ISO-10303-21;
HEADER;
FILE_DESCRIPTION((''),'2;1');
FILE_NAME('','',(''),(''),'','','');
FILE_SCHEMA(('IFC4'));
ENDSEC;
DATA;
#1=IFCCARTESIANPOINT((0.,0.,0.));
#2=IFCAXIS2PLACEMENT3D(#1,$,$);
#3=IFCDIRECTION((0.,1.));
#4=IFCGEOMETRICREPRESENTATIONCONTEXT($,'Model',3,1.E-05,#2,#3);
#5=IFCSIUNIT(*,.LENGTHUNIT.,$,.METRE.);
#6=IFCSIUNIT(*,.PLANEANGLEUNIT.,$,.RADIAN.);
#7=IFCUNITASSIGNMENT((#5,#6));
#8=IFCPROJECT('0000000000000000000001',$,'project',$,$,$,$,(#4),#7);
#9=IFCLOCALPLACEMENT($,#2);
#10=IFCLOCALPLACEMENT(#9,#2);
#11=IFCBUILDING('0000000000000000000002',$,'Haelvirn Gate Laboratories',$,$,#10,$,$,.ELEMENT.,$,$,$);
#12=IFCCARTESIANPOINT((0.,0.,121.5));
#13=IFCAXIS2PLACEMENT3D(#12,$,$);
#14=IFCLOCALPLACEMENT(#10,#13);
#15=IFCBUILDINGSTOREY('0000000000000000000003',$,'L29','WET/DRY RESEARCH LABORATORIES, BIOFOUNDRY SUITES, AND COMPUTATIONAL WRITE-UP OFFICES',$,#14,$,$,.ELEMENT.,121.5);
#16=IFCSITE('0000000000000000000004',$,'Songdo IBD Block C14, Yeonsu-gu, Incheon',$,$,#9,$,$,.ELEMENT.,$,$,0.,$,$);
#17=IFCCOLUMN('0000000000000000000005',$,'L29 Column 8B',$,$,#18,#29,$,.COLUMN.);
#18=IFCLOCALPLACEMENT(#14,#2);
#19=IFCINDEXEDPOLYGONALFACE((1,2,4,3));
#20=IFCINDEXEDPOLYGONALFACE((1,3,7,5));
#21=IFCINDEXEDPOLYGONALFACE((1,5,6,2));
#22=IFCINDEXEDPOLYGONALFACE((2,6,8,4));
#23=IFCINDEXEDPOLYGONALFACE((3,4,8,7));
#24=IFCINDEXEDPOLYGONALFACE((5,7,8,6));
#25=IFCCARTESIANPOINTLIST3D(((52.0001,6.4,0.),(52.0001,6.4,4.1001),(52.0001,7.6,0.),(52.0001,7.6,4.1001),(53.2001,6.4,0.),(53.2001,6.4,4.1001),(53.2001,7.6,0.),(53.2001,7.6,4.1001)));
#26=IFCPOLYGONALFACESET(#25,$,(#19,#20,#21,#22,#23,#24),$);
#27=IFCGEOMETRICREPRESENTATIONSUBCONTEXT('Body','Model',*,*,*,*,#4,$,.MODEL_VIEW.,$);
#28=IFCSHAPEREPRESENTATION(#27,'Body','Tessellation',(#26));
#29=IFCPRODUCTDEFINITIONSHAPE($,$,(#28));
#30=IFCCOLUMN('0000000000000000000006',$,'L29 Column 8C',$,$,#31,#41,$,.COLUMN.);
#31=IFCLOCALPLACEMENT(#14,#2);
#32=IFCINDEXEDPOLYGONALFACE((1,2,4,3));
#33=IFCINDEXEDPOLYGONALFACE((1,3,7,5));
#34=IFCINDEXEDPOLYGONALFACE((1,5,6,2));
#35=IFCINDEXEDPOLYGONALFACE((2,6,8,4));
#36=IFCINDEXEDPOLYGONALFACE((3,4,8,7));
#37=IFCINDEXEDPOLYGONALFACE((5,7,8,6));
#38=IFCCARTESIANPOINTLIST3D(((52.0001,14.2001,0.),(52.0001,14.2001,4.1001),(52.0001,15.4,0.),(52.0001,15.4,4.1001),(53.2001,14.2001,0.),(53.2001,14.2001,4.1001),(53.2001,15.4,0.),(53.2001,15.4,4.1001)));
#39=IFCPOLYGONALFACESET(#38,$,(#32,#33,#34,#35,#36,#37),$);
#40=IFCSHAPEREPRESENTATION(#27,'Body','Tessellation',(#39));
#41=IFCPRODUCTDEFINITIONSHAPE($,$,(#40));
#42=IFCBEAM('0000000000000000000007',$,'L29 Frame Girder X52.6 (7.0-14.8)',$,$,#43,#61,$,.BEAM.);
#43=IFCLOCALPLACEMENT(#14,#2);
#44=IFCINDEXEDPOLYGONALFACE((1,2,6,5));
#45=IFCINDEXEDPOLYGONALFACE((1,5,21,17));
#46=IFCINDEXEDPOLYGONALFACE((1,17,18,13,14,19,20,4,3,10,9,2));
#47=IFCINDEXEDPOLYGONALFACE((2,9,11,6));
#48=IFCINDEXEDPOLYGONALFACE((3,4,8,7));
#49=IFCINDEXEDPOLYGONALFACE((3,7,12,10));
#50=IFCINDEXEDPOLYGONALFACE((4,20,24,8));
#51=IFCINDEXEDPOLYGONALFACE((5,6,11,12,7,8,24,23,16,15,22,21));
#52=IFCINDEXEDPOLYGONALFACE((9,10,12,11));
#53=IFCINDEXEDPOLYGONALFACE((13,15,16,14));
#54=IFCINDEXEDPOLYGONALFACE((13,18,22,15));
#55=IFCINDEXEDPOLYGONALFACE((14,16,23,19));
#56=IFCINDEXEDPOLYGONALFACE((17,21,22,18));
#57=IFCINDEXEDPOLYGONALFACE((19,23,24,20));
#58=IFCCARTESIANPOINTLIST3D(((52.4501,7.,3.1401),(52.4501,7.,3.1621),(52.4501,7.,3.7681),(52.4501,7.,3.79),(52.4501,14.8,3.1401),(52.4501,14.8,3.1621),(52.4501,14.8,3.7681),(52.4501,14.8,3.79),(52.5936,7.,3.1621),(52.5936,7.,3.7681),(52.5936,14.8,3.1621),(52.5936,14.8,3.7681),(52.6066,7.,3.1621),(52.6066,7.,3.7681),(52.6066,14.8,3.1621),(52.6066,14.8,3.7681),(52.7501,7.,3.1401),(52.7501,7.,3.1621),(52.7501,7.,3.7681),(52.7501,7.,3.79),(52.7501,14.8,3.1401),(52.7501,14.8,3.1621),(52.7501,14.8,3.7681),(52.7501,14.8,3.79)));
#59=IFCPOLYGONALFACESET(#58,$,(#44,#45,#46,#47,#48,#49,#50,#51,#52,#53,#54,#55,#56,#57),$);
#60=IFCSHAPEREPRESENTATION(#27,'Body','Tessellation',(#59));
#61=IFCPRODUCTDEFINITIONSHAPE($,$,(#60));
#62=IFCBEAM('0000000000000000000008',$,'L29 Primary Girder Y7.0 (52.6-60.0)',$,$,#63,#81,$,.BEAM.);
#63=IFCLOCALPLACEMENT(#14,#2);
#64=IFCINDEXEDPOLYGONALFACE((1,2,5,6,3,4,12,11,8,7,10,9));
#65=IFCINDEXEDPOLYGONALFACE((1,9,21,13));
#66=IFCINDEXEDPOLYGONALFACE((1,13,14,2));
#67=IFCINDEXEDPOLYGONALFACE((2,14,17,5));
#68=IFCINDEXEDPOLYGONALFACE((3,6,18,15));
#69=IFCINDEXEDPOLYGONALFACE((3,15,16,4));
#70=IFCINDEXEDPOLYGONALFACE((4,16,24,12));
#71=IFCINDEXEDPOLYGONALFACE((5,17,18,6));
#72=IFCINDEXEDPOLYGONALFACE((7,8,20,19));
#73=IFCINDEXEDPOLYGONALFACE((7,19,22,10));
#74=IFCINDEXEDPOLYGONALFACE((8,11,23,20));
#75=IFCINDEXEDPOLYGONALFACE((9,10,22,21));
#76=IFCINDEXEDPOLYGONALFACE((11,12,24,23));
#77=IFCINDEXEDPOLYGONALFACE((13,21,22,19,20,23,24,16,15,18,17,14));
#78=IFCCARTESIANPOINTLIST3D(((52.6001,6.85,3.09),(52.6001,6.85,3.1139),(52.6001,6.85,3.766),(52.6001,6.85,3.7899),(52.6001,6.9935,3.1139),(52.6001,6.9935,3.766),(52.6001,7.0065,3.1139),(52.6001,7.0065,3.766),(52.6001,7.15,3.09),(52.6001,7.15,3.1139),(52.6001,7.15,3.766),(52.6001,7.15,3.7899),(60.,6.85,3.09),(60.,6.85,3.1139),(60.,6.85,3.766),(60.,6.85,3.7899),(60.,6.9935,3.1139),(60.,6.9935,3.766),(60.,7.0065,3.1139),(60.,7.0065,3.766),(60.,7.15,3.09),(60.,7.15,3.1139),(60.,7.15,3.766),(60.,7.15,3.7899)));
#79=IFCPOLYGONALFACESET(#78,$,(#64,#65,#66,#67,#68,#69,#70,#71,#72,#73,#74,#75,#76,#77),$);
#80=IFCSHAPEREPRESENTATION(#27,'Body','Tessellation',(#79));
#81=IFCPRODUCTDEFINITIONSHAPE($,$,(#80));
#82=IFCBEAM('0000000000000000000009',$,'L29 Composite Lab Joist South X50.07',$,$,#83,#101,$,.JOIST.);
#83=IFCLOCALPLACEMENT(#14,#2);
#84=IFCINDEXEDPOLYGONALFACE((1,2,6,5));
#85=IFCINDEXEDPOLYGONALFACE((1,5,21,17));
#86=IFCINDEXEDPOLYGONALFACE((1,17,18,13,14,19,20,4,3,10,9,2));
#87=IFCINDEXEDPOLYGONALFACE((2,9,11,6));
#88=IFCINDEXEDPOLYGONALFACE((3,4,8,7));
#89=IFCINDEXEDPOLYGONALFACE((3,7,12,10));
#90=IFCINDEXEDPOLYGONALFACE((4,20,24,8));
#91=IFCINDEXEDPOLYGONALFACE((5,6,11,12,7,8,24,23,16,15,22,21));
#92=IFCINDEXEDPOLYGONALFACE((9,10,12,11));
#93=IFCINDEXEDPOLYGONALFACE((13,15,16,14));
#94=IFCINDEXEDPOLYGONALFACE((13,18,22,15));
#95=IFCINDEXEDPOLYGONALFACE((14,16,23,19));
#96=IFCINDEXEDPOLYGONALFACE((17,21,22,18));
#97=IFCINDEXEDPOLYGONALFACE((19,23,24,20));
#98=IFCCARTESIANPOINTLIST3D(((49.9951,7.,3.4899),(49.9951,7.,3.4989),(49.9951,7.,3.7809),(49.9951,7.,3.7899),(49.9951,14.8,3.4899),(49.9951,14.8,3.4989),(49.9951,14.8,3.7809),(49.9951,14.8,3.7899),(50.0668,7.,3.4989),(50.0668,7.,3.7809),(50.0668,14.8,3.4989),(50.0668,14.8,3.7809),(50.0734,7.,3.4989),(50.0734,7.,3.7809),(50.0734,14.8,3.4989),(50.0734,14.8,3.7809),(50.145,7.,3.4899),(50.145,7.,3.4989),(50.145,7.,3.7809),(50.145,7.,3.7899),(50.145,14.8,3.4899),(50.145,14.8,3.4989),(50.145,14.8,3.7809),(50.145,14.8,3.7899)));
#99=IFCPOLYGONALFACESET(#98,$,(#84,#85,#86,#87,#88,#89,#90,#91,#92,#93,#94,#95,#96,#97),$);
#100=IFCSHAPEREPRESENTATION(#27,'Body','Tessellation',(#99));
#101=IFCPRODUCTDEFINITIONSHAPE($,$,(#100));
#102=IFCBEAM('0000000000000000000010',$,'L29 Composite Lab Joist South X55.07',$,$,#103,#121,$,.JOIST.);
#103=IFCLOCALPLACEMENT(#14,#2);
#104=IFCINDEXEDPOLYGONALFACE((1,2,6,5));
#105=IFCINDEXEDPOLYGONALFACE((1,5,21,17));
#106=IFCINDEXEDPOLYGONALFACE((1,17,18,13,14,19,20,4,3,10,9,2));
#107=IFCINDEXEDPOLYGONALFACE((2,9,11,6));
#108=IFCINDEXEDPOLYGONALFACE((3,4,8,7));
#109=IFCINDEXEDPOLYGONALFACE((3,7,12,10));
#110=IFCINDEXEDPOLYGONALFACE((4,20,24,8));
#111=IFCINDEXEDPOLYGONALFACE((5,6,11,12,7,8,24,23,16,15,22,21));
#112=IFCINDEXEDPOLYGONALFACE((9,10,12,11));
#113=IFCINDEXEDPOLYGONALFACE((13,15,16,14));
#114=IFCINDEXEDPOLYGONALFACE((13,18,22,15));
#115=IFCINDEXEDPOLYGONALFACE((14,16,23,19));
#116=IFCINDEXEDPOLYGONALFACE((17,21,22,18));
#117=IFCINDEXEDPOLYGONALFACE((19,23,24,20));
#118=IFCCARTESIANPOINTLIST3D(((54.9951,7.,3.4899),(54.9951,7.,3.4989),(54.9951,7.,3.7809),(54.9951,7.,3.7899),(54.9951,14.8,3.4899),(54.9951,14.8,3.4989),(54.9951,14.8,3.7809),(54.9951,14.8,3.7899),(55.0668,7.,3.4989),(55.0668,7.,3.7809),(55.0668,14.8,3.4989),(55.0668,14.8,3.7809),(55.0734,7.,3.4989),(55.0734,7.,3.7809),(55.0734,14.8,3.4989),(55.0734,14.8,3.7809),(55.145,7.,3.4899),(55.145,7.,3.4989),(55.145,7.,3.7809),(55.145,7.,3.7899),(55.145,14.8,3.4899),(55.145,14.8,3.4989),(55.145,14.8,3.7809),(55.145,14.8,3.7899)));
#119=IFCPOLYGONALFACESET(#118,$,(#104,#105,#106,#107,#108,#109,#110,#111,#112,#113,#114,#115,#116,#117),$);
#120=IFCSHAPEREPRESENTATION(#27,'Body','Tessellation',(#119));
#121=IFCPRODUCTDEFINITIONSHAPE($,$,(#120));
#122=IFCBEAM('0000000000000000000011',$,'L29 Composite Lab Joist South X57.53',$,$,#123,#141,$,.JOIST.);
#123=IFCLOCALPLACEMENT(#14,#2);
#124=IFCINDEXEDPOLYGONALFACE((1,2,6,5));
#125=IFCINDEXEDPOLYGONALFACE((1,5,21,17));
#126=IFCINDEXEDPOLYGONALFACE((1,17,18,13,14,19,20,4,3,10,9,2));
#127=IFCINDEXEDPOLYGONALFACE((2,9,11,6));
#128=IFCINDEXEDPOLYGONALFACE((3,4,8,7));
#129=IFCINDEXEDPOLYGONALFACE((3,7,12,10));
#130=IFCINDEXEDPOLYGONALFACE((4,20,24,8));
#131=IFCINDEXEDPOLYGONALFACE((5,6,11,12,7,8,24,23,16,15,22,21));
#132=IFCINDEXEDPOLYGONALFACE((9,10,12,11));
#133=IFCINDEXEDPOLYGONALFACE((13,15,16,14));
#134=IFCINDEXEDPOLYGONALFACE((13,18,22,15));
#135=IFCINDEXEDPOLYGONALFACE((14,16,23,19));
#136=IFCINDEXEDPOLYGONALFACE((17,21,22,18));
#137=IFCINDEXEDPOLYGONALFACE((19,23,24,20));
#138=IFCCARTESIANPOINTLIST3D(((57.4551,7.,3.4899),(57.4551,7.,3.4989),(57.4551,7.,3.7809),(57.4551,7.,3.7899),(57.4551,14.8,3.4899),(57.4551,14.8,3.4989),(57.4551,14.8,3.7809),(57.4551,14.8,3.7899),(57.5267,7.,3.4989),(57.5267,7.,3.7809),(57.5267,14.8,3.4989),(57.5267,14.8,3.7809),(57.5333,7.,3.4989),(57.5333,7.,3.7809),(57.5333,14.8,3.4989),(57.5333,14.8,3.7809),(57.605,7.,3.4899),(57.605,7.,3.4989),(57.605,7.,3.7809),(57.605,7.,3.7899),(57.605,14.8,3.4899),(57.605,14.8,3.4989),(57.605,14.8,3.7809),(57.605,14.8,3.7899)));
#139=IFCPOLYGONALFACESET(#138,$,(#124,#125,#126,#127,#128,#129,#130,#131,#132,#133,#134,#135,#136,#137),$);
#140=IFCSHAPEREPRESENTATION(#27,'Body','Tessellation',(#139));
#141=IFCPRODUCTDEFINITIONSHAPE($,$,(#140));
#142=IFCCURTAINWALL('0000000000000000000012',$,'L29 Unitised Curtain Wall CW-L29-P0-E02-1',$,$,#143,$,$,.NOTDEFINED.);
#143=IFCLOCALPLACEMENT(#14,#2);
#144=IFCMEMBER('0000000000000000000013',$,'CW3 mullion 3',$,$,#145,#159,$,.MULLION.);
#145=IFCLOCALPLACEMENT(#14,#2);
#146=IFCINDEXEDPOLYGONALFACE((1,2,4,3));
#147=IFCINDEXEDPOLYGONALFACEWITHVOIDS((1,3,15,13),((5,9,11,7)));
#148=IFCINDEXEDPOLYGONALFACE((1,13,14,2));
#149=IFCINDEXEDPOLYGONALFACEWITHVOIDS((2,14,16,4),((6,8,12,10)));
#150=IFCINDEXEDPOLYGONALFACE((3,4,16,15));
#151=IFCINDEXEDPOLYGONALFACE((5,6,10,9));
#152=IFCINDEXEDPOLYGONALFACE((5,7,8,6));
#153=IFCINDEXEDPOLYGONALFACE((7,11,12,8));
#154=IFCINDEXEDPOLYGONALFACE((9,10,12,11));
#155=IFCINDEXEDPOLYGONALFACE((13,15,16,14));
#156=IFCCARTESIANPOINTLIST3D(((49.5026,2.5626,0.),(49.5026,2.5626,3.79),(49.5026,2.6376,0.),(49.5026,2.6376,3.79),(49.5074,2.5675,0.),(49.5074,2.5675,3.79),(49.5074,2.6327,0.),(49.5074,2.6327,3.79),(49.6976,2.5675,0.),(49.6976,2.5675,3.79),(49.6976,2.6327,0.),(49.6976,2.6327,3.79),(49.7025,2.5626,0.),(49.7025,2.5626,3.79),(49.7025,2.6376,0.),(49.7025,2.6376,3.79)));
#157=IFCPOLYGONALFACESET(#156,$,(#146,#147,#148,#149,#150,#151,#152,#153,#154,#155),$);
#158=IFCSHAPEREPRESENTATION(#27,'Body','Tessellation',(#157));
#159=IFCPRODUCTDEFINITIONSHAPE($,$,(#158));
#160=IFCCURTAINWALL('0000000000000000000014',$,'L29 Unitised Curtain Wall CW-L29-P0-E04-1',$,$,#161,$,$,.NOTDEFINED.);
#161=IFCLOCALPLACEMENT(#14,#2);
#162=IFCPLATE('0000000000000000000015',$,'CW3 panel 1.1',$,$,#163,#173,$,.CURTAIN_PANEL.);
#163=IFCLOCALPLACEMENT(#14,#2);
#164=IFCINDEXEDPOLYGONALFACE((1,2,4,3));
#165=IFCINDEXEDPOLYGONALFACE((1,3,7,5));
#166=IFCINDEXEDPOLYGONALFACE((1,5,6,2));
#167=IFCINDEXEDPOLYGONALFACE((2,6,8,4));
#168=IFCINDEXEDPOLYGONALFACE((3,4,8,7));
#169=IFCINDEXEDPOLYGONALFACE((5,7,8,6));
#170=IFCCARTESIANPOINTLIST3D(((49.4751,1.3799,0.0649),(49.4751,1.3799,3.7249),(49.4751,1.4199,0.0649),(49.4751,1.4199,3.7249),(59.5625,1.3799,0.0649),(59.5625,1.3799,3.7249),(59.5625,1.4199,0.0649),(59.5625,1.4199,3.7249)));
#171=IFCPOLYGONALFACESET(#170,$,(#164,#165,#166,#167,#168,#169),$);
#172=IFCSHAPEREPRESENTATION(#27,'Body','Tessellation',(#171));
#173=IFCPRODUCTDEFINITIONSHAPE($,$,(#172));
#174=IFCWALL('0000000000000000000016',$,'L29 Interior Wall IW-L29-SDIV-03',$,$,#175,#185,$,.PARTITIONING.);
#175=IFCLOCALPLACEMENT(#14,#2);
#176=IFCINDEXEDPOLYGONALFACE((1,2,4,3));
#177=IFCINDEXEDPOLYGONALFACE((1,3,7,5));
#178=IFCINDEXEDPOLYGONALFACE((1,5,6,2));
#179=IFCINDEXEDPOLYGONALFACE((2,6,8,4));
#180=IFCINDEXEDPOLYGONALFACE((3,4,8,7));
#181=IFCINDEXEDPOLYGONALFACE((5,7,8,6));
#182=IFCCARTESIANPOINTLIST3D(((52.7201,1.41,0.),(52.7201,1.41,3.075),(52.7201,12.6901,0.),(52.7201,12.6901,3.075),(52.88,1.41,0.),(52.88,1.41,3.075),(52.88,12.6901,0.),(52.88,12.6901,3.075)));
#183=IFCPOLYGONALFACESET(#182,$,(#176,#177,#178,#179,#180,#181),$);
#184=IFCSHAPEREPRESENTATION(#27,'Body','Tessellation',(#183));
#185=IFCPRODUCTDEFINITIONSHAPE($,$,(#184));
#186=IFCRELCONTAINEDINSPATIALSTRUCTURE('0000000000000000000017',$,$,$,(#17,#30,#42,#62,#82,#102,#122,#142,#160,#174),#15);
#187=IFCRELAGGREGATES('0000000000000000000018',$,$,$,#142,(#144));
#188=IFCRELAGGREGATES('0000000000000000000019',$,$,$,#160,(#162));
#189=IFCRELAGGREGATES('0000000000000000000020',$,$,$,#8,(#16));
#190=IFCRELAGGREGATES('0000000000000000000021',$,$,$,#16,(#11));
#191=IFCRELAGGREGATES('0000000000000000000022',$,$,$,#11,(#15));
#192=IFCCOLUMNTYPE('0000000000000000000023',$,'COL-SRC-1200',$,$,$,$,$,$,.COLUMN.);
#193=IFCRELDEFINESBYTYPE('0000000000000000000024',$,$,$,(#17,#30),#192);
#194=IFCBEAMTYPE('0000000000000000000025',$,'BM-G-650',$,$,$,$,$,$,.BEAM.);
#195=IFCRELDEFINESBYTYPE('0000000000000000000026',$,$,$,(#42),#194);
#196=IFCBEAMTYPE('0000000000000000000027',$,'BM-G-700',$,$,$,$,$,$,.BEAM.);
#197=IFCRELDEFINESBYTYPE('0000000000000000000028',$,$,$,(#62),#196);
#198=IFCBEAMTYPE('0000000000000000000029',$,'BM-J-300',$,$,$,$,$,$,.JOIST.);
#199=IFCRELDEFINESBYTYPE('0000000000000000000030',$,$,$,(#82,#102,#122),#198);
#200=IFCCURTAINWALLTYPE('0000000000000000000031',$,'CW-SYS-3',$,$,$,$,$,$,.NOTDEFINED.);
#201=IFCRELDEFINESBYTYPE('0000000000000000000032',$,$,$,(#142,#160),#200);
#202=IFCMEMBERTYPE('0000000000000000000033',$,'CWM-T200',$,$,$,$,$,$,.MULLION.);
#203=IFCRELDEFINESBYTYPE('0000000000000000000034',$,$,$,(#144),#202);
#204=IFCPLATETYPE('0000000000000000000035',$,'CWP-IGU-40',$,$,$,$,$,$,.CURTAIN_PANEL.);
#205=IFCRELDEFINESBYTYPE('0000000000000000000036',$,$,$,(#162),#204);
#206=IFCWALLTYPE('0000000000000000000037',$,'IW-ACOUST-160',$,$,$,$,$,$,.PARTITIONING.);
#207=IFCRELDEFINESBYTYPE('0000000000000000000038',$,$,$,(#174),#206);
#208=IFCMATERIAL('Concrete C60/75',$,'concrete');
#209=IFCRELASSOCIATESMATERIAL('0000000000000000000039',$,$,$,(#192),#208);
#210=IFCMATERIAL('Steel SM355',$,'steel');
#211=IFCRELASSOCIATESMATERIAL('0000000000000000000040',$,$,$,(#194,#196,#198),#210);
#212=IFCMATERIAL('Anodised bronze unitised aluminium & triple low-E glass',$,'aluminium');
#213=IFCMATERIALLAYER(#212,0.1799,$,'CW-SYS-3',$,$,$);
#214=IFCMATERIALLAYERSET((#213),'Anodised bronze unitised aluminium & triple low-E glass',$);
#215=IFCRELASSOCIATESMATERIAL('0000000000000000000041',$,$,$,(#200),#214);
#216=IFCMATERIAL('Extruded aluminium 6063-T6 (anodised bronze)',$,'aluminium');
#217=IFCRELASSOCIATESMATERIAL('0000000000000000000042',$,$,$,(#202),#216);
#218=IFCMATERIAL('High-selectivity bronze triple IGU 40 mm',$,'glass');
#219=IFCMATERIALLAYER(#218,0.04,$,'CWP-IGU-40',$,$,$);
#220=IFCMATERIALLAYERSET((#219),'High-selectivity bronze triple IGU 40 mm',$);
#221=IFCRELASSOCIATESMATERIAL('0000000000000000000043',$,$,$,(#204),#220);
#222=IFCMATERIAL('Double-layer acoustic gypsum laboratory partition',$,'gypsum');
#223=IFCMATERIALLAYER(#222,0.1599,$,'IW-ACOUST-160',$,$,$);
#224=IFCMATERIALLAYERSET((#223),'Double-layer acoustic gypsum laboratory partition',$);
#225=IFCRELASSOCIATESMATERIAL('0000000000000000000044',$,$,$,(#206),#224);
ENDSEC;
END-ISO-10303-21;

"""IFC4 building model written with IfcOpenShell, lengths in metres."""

from ifc_helpers import new_model, si_unit, direction, frame, frame_2d, origin, origin_2d, place, context, subcontext, project, spatial, rectangle, hollow_rectangle, i_section, extrude, source, transform, mapped, material, layer, layer_set, material_profile, profile_set, type_object, type_shapes, element, aggregate, save


model = new_model("IFC4")

# Units and contexts
model_context = context("Model", 3, precision=1e-05, world=origin(), true_north=direction((0.0, 1.0)))
body_context = subcontext(model_context, "Body", "Model", "MODEL_VIEW")
ifc_project = project(units=[si_unit("LENGTHUNIT", "METRE"), si_unit("PLANEANGLEUNIT", "RADIAN")], contexts=[model_context])

# Site, building, storey
site_placement = place(None, origin())
site = spatial("IfcSite", under=ifc_project, at=site_placement, Name="Songdo IBD Block C14, Yeonsu-gu, Incheon", CompositionType="ELEMENT", RefElevation=0.0)
building_placement = place(site_placement, origin())
building = spatial("IfcBuilding", under=site, at=building_placement, Name="Haelvirn Gate Laboratories", CompositionType="ELEMENT")
storey_placement = place(building_placement, frame((0.0, 0.0, 121.5)))
storey = spatial("IfcBuildingStorey", under=building, at=storey_placement, Name="L29", Description="WET/DRY RESEARCH LABORATORIES, BIOFOUNDRY SUITES, AND COMPUTATIONAL WRITE-UP OFFICES", CompositionType="ELEMENT", Elevation=121.5)

# Columns
ifc_material_1 = material(Name="Concrete C60/75", Category="concrete")
ifc_material_profile_1 = material_profile(ifc_material_1, rectangle(XDim=1.2, YDim=1.2, at=origin_2d()), Name="SRC-1200x1200")
ifc_profile_set_1 = profile_set([ifc_material_profile_1], Name="Concrete C60/75")
column_type = type_object("IfcColumnType", Name="COL-SRC-1200", PredefinedType="COLUMN", material=ifc_profile_set_1)
shared_shape_1 = source(origin(), body_context, "Body", "SweptSolid", [
    extrude(rectangle(XDim=1.2, YDim=1.2, at=origin_2d()), origin(), (0.0, 0.0, 1.0), 4.1001),
])
type_shapes(column_type, [shared_shape_1])
for number, where, z_axis, x_axis, name in (
    (1, (52.6001, 7.0, 0.0), (0.0, 0.0, 1.0), (1.0, 0.0, 0.0), "L29 Column 8B"),
    (2, (52.6001, 14.8, 0.0), (0.0, 0.0, 1.0), (1.0, 0.0, 0.0), "L29 Column 8C"),
):
    element("IfcColumn", number, at=place(storey_placement, frame(where, z_axis=z_axis, x_axis=x_axis)), inside=storey, type_object=column_type, Name=name, PredefinedType="COLUMN", context=body_context, shape_type="MappedRepresentation", body=[
        mapped(shared_shape_1, transform((0.0, 0.0, 0.0), scale=1.0)),
    ])

# Beams
ifc_material_2 = material(Name="Steel SM355", Category="steel")
ifc_material_profile_2 = material_profile(ifc_material_2, i_section(OverallWidth=0.3, OverallDepth=0.6499, WebThickness=0.0129, FlangeThickness=0.022, at=origin_2d()), Name="H-650x300x13x22")
ifc_profile_set_2 = profile_set([ifc_material_profile_2], Name="Steel SM355")
beam_type_1 = type_object("IfcBeamType", Name="BM-G-650", PredefinedType="BEAM", material=ifc_profile_set_2)
shared_shape_2 = source(origin(), body_context, "Body", "SweptSolid", [
    extrude(i_section(OverallWidth=0.3, OverallDepth=0.6499, WebThickness=0.0129, FlangeThickness=0.022, at=origin_2d()), origin(), (0.0, 0.0, 1.0), 7.8),
])
type_shapes(beam_type_1, [shared_shape_2])
beam_1_placement = place(storey_placement, frame((52.6001, 7.0, 3.4651), z_axis=(0.0, 1.0, 0.0), x_axis=(-1.0, 0.0, 0.0)))
element("IfcBeam", 3, at=beam_1_placement, inside=storey, type_object=beam_type_1, Name="L29 Frame Girder X52.6 (7.0-14.8)", PredefinedType="BEAM", context=body_context, shape_type="MappedRepresentation", body=[
    mapped(shared_shape_2, transform((0.0, 0.0, 0.0), scale=1.0)),
])
ifc_material_profile_3 = material_profile(ifc_material_2, i_section(OverallWidth=0.3, OverallDepth=0.7, WebThickness=0.0129, FlangeThickness=0.0239, at=origin_2d()), Name="H-700x300x13x24")
ifc_profile_set_3 = profile_set([ifc_material_profile_3], Name="Steel SM355")
beam_type_2 = type_object("IfcBeamType", Name="BM-G-700", PredefinedType="BEAM", material=ifc_profile_set_3)
shared_shape_3 = source(origin(), body_context, "Body", "SweptSolid", [
    extrude(i_section(OverallWidth=0.3, OverallDepth=0.7, WebThickness=0.0129, FlangeThickness=0.0239, at=origin_2d()), origin(), (0.0, 0.0, 1.0), 7.3999),
])
type_shapes(beam_type_2, [shared_shape_3])
beam_2_placement = place(storey_placement, frame((52.6001, 7.0, 3.4399), z_axis=(1.0, 0.0, 0.0), x_axis=(0.0, 1.0, 0.0)))
element("IfcBeam", 4, at=beam_2_placement, inside=storey, type_object=beam_type_2, Name="L29 Primary Girder Y7.0 (52.6-60.0)", PredefinedType="BEAM", context=body_context, shape_type="MappedRepresentation", body=[
    mapped(shared_shape_3, transform((0.0, 0.0, 0.0), scale=1.0)),
])
ifc_material_profile_4 = material_profile(ifc_material_2, i_section(OverallWidth=0.1499, OverallDepth=0.3, WebThickness=0.0066, FlangeThickness=0.009, at=origin_2d()), Name="H-300x150x6.5x9")
ifc_profile_set_4 = profile_set([ifc_material_profile_4], Name="Steel SM355")
beam_type_3 = type_object("IfcBeamType", Name="BM-J-300", PredefinedType="JOIST", material=ifc_profile_set_4)
shared_shape_4 = source(origin(), body_context, "Body", "SweptSolid", [
    extrude(i_section(OverallWidth=0.1499, OverallDepth=0.3, WebThickness=0.0066, FlangeThickness=0.009, at=origin_2d()), origin(), (0.0, 0.0, 1.0), 7.8),
])
type_shapes(beam_type_3, [shared_shape_4])
for number, where, z_axis, x_axis, name in (
    (5, (50.0701, 7.0, 3.6399), (0.0, 1.0, 0.0), (-1.0, 0.0, 0.0), "L29 Composite Lab Joist South X50.07"),
    (6, (55.0701, 7.0, 3.6399), (0.0, 1.0, 0.0), (-1.0, 0.0, 0.0), "L29 Composite Lab Joist South X55.07"),
    (7, (57.53, 7.0, 3.6399), (0.0, 1.0, 0.0), (-1.0, 0.0, 0.0), "L29 Composite Lab Joist South X57.53"),
):
    element("IfcBeam", number, at=place(storey_placement, frame(where, z_axis=z_axis, x_axis=x_axis)), inside=storey, type_object=beam_type_3, Name=name, PredefinedType="JOIST", context=body_context, shape_type="MappedRepresentation", body=[
        mapped(shared_shape_4, transform((0.0, 0.0, 0.0), scale=1.0)),
    ])

# Curtain wall, member
ifc_material_3 = material(Name="Anodised bronze unitised aluminium & triple low-E glass", Category="aluminium")
ifc_layer_1 = layer(ifc_material_3, 0.1799, Name="CW-SYS-3")
ifc_layer_set_1 = layer_set([ifc_layer_1], Name="Anodised bronze unitised aluminium & triple low-E glass")
curtain_wall_type = type_object("IfcCurtainWallType", Name="CW-SYS-3", PredefinedType="NOTDEFINED", material=ifc_layer_set_1)
curtain_wall_1_placement = place(storey_placement, origin())
curtain_wall_1 = element("IfcCurtainWall", 8, at=curtain_wall_1_placement, inside=storey, type_object=curtain_wall_type, Name="L29 Unitised Curtain Wall CW-L29-P0-E02-1", PredefinedType="NOTDEFINED")
ifc_material_4 = material(Name="Extruded aluminium 6063-T6 (anodised bronze)", Category="aluminium")
ifc_material_profile_5 = material_profile(ifc_material_4, hollow_rectangle(XDim=0.075, YDim=0.2, WallThickness=0.0049, at=origin_2d()), Name="CWM-200x75x5")
ifc_profile_set_5 = profile_set([ifc_material_profile_5], Name="Extruded aluminium 6063-T6 (anodised bronze)")
member_type = type_object("IfcMemberType", Name="CWM-T200", PredefinedType="MULLION", material=ifc_profile_set_5)
shared_shape_5 = source(origin(), body_context, "Body", "SweptSolid", [
    extrude(hollow_rectangle(XDim=0.075, YDim=0.2, WallThickness=0.0049, at=origin_2d()), origin(), (0.0, 0.0, 1.0), 3.79),
])
type_shapes(member_type, [shared_shape_5])
member_placement = place(storey_placement, frame((49.6025, 2.6001, 0.0), z_axis=(0.0, 0.0, 1.0), x_axis=(0.0, 1.0, 0.0)))
member = element("IfcMember", 9, at=member_placement, type_object=member_type, Name="CW3 mullion 3", PredefinedType="MULLION", context=body_context, shape_type="MappedRepresentation", body=[
    mapped(shared_shape_5, transform((0.0, 0.0, 0.0), scale=1.0)),
])
aggregate(curtain_wall_1, [member])

# Curtain wall, plate
curtain_wall_2_placement = place(storey_placement, origin())
curtain_wall_2 = element("IfcCurtainWall", 10, at=curtain_wall_2_placement, inside=storey, type_object=curtain_wall_type, Name="L29 Unitised Curtain Wall CW-L29-P0-E04-1", PredefinedType="NOTDEFINED")
ifc_material_5 = material(Name="High-selectivity bronze triple IGU 40 mm", Category="glass")
ifc_layer_2 = layer(ifc_material_5, 0.04, Name="CWP-IGU-40")
ifc_layer_set_2 = layer_set([ifc_layer_2], Name="High-selectivity bronze triple IGU 40 mm")
plate_type = type_object("IfcPlateType", Name="CWP-IGU-40", PredefinedType="CURTAIN_PANEL", material=ifc_layer_set_2)
shared_shape_6 = source(origin(), body_context, "Body", "SweptSolid", [
    extrude(rectangle(XDim=10.0874, YDim=0.04, at=origin_2d()), origin(), (0.0, 0.0, 1.0), 3.6599),
])
type_shapes(plate_type, [shared_shape_6])
plate_placement = place(storey_placement, frame((54.5188, 1.3999, 0.0649), z_axis=(0.0, 0.0, 1.0), x_axis=(1.0, 0.0, 0.0)))
plate = element("IfcPlate", 11, at=plate_placement, type_object=plate_type, Name="CW3 panel 1.1", PredefinedType="CURTAIN_PANEL", context=body_context, shape_type="MappedRepresentation", body=[
    mapped(shared_shape_6, transform((0.0, 0.0, 0.0), scale=1.0)),
])
aggregate(curtain_wall_2, [plate])

# Wall
ifc_material_6 = material(Name="Double-layer acoustic gypsum laboratory partition", Category="gypsum")
ifc_layer_3 = layer(ifc_material_6, 0.1599, Name="IW-ACOUST-160")
ifc_layer_set_3 = layer_set([ifc_layer_3], Name="Double-layer acoustic gypsum laboratory partition")
wall_type_1 = type_object("IfcWallType", Name="IW-ACOUST-160", PredefinedType="PARTITIONING", material=ifc_layer_set_3)
wall_1_placement = place(storey_placement, frame((52.8, 1.4099, 0.0), z_axis=(0.0, 0.0, 1.0), x_axis=(0.0, 1.0, 0.0)))
element("IfcWall", 12, at=wall_1_placement, inside=storey, type_object=wall_type_1, Name="L29 Interior Wall IW-L29-SDIV-03", PredefinedType="PARTITIONING", context=body_context, shape_type="SweptSolid", body=[
    extrude(rectangle(XDim=11.28, YDim=0.1599, at=frame_2d((5.6401, 0.0))), origin(), (0.0, 0.0, 1.0), 3.075),
])

save(model, "model.ifc")
